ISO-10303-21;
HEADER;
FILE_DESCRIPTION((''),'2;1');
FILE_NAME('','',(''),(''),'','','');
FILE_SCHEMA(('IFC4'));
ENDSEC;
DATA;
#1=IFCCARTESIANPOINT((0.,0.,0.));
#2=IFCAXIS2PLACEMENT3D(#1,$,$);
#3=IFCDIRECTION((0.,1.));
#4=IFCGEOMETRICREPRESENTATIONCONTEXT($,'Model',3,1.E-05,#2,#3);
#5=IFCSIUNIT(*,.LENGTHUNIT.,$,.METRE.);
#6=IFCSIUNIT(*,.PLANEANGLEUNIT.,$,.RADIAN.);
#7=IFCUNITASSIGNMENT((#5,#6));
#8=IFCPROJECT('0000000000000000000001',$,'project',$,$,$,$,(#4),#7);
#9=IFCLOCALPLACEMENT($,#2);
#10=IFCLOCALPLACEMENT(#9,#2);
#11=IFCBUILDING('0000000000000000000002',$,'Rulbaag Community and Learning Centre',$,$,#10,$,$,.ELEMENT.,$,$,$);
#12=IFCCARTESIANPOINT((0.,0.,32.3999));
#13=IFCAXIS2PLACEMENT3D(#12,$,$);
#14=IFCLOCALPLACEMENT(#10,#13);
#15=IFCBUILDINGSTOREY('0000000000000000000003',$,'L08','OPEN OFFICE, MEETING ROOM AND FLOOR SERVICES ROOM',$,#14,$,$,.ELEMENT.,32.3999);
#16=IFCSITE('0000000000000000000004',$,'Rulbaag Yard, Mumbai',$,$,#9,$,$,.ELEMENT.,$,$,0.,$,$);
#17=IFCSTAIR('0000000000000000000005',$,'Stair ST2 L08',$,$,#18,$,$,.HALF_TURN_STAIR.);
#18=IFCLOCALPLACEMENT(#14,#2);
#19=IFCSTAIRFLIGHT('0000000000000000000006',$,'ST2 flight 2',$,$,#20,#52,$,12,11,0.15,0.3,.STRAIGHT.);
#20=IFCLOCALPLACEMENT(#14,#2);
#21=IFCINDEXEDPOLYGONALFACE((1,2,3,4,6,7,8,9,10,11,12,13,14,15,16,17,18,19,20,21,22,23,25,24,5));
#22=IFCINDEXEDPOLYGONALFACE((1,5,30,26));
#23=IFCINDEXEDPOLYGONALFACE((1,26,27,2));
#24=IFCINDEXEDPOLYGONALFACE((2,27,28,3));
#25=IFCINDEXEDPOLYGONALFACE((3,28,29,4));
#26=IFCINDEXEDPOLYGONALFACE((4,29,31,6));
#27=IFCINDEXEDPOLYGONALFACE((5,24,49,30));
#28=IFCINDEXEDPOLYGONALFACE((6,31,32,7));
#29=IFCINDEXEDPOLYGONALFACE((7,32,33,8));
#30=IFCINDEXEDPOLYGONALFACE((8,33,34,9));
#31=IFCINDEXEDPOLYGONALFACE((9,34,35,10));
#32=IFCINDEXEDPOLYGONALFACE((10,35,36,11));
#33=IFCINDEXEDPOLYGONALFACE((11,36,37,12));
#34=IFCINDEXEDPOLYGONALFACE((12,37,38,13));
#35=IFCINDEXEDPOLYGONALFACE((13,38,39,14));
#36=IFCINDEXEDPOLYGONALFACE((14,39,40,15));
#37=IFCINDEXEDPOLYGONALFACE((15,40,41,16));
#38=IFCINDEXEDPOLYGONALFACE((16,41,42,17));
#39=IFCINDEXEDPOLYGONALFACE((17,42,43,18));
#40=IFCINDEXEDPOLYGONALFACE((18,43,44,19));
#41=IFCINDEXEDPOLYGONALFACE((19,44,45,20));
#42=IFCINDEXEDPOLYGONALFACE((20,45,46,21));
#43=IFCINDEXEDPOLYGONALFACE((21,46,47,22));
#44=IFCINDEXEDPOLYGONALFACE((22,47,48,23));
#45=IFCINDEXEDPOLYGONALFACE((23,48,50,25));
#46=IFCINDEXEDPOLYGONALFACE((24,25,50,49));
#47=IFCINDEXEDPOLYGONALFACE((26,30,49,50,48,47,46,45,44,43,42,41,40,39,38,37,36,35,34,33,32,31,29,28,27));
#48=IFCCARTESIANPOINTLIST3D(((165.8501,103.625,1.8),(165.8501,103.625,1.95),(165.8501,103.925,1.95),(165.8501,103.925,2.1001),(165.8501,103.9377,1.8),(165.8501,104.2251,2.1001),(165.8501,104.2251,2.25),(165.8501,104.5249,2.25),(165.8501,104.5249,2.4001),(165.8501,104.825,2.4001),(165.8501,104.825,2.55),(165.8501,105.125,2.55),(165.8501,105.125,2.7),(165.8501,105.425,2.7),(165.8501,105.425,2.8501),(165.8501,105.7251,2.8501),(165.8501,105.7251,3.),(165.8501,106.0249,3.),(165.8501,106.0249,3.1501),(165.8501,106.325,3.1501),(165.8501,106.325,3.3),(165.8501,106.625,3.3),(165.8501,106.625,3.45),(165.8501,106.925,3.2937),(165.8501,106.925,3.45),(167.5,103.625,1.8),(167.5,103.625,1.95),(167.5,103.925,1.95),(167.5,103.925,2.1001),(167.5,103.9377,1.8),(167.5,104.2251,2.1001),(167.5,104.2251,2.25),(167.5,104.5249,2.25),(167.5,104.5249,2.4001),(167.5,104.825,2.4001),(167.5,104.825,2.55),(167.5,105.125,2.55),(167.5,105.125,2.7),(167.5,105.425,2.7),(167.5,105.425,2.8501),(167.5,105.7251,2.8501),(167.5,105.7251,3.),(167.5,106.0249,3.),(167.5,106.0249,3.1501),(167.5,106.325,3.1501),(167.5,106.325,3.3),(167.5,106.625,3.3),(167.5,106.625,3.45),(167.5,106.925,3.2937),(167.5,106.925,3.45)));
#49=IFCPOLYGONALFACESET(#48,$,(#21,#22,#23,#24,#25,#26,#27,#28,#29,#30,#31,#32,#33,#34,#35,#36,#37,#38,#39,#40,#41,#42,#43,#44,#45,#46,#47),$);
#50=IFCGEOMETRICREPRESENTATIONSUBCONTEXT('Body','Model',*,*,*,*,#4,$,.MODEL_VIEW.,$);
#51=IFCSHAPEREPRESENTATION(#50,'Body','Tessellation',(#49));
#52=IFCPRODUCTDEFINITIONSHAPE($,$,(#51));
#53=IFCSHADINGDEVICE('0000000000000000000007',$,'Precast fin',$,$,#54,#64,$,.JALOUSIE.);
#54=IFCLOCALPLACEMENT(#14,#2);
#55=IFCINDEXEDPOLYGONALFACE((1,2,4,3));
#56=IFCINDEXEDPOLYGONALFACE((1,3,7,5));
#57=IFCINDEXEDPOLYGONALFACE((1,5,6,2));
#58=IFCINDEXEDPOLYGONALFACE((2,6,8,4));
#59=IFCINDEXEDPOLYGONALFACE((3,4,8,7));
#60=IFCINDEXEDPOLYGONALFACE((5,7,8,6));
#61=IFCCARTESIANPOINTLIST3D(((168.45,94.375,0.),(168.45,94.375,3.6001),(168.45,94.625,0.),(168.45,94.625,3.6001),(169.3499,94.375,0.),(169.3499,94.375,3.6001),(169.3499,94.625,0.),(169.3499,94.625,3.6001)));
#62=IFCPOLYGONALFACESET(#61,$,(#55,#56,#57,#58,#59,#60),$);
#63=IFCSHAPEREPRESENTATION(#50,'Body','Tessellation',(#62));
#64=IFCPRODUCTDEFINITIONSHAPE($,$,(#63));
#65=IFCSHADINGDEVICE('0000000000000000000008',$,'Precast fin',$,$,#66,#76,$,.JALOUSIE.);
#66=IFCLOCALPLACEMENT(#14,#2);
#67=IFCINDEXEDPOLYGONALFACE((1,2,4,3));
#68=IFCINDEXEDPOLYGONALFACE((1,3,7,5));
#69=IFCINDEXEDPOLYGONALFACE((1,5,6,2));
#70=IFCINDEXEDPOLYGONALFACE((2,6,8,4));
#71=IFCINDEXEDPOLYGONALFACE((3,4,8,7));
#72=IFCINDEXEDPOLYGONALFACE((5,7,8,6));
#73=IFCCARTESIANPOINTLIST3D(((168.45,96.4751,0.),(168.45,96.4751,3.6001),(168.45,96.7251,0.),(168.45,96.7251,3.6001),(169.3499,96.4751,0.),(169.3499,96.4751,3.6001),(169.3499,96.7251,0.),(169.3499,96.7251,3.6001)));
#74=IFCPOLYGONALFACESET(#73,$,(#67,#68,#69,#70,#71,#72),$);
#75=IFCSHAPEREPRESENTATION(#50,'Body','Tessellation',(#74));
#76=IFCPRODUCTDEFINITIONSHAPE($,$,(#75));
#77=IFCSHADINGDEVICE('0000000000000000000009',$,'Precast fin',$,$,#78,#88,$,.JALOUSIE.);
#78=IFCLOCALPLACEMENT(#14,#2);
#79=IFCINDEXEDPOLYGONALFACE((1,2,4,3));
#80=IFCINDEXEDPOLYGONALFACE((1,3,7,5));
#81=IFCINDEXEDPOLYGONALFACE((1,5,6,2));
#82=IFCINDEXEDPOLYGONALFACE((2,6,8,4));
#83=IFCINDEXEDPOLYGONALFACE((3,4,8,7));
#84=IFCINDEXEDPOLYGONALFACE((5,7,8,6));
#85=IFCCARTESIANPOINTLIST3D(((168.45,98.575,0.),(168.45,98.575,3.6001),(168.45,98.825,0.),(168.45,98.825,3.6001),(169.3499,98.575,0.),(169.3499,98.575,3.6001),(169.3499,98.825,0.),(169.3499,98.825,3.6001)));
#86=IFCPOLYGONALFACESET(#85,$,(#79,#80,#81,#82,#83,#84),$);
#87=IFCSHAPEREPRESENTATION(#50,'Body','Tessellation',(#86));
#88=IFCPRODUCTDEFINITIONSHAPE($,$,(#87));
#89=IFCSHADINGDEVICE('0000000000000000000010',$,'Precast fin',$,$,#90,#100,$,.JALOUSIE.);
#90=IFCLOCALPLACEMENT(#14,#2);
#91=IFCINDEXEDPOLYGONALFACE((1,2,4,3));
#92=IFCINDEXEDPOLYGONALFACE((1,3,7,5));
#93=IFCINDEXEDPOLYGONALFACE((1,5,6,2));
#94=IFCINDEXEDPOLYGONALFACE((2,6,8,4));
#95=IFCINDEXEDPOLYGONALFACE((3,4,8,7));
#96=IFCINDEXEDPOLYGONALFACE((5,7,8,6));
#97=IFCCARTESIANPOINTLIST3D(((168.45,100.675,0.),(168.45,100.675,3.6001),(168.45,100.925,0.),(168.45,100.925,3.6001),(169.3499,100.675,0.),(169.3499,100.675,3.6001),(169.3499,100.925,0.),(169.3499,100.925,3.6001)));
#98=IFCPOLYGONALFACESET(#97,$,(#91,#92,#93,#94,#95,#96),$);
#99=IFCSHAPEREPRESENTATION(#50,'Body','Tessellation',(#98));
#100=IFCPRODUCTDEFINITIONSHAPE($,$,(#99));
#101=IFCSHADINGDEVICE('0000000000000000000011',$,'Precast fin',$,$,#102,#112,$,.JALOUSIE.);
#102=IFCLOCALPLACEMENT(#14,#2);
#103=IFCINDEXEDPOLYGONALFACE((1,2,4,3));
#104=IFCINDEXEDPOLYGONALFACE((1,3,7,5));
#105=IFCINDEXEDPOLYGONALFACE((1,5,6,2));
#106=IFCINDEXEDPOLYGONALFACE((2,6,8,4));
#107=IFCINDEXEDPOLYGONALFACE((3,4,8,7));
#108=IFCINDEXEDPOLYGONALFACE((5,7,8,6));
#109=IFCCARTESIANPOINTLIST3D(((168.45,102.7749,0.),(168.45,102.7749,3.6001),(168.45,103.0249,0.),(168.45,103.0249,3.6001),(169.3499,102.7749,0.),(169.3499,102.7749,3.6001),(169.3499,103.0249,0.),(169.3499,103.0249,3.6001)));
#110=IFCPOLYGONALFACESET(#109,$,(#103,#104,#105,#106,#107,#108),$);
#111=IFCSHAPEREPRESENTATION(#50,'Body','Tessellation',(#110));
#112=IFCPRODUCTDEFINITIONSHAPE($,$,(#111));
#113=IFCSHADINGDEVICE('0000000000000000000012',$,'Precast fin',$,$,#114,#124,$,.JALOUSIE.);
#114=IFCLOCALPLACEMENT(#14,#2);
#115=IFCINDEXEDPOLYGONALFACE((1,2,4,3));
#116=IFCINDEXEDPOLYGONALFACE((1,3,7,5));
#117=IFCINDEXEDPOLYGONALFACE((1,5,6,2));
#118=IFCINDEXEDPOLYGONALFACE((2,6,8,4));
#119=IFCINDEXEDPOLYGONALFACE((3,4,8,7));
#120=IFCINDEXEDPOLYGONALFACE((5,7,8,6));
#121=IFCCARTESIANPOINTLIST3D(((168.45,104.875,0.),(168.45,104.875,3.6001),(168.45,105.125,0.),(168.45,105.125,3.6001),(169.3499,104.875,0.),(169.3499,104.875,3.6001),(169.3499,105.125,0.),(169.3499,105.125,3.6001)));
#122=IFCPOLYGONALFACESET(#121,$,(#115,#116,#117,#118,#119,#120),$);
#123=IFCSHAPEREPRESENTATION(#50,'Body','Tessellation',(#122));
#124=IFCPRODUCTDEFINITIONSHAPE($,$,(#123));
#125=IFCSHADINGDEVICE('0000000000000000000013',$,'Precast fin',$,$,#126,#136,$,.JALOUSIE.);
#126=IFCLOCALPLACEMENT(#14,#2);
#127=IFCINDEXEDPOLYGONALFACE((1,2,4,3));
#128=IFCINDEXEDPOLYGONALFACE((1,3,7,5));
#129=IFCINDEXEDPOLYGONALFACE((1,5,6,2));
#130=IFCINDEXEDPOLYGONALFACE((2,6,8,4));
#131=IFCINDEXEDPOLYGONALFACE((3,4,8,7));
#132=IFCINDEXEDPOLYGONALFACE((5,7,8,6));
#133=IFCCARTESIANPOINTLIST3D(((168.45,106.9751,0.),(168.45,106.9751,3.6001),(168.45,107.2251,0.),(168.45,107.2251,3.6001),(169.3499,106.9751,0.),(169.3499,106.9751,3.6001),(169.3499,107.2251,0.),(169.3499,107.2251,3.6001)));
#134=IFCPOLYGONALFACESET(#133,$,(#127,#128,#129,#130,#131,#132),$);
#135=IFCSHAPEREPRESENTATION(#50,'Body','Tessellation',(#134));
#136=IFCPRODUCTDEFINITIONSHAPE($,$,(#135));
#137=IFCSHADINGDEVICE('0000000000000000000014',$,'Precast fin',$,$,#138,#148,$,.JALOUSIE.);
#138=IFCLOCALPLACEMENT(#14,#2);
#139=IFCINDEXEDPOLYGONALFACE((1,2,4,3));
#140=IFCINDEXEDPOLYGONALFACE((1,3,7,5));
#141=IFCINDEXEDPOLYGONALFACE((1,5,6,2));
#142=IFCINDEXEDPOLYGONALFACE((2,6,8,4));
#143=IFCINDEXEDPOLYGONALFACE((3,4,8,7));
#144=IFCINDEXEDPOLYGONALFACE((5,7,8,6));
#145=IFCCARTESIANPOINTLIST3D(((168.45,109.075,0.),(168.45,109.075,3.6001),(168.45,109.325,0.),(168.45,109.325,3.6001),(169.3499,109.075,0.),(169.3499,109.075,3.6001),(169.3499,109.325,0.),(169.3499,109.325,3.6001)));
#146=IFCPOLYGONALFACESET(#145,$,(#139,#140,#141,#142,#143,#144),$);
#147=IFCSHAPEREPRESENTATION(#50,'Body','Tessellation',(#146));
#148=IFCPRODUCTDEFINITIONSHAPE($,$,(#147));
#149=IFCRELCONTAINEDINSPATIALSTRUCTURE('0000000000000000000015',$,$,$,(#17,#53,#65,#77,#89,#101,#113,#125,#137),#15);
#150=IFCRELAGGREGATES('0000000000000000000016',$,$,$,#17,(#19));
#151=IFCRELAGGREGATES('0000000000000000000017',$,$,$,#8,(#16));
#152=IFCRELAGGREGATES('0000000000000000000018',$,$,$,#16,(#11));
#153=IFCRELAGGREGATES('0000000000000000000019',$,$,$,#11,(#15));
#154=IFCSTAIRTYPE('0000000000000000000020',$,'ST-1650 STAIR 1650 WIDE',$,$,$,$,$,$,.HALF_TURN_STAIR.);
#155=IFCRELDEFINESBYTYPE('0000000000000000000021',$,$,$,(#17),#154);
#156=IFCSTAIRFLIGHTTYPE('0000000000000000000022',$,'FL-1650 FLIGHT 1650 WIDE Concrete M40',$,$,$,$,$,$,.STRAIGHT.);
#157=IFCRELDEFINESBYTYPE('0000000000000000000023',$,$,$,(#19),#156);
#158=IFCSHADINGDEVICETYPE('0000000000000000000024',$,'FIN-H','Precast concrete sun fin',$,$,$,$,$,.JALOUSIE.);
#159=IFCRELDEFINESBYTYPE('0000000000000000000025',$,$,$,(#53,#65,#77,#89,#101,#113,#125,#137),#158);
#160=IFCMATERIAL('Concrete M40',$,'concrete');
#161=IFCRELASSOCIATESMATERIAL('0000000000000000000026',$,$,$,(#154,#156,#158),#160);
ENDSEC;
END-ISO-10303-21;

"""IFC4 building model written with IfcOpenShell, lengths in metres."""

from ifc_helpers import new_model, si_unit, direction, frame, origin, origin_2d, place, context, subcontext, project, spatial, polyline, rectangle, outline, extrude, material, material_profile, profile_set, type_object, element, aggregate, save


model = new_model("IFC4")

# Units and contexts
model_context = context("Model", 3, precision=1e-05, world=origin(), true_north=direction((0.0, 1.0)))
body_context = subcontext(model_context, "Body", "Model", "MODEL_VIEW")
ifc_project = project(units=[si_unit("LENGTHUNIT", "METRE"), si_unit("PLANEANGLEUNIT", "RADIAN")], contexts=[model_context])

# Site, building, storey
site_placement = place(None, origin())
site = spatial("IfcSite", under=ifc_project, at=site_placement, Name="Rulbaag Yard, Mumbai", CompositionType="ELEMENT", RefElevation=0.0)
building_placement = place(site_placement, origin())
building = spatial("IfcBuilding", under=site, at=building_placement, Name="Rulbaag Community and Learning Centre", CompositionType="ELEMENT")
storey_placement = place(building_placement, frame((0.0, 0.0, 32.3999)))
storey = spatial("IfcBuildingStorey", under=building, at=storey_placement, Name="L08", Description="OPEN OFFICE, MEETING ROOM AND FLOOR SERVICES ROOM", CompositionType="ELEMENT", Elevation=32.3999)

# Shared definitions
ifc_material_1 = material(Name="Concrete M40", Category="concrete")

# Stair, stair flight
stair_type = type_object("IfcStairType", Name="ST-1650 STAIR 1650 WIDE", PredefinedType="HALF_TURN_STAIR", material=ifc_material_1)
stair_placement = place(storey_placement, origin())
stair = element("IfcStair", 1, at=stair_placement, inside=storey, type_object=stair_type, Name="Stair ST2 L08", PredefinedType="HALF_TURN_STAIR")
stair_flight_type = type_object("IfcStairFlightType", Name="FL-1650 FLIGHT 1650 WIDE Concrete M40", PredefinedType="STRAIGHT", material=ifc_material_1)
stair_flight_1_placement = place(storey_placement, frame((166.675, 103.625, 1.8), z_axis=(0.0, 0.0, 1.0), x_axis=(0.0, 1.0, 0.0)))
stair_flight_1 = element("IfcStairFlight", 2, at=stair_flight_1_placement, type_object=stair_flight_type, Name="ST2 flight 2", NumberOfRisers=12, NumberOfTreads=11, PredefinedType="STRAIGHT", RiserHeight=0.15, TreadLength=0.3, context=body_context, shape_type="SweptSolid", body=[
    extrude(outline(polyline([(0.0, 0.0), (0.0, 0.1499), (0.3, 0.1499), (0.3, 0.3), (0.6001, 0.3), (0.6001, 0.45), (0.8999, 0.45), (0.8999, 0.6001), (1.2, 0.6001), (1.2, 0.75), (1.5, 0.75), (1.5, 0.8999), (1.8, 0.8999), (1.8, 1.05), (2.1001, 1.05), (2.1001, 1.2), (2.3999, 1.2), (2.3999, 1.3501), (2.7, 1.3501), (2.7, 1.5), (3.0, 1.5), (3.0, 1.6499), (3.3, 1.6499), (3.3, 1.4937), (0.3127, 0.0), (0.0, 0.0)])), frame((0.0, 0.825, 0.0), z_axis=(0.0, -1.0, 0.0), x_axis=(1.0, 0.0, 0.0)), (0.0, 0.0, 1.0), 1.6499),
])
aggregate(stair, [stair_flight_1])

# Shading devices
ifc_material_profile_1 = material_profile(ifc_material_1, rectangle(XDim=0.25, YDim=0.8999, at=origin_2d()), Name="PC 250x900")
ifc_profile_set_1 = profile_set([ifc_material_profile_1], Name="Concrete M40")
shading_device_type = type_object("IfcShadingDeviceType", Name="FIN-H", Description="Precast concrete sun fin", PredefinedType="JALOUSIE", material=ifc_profile_set_1)
for number, where, z_axis, x_axis, name in (
    (3, (168.8999, 94.5, 0.0), (0.0, 0.0, 1.0), (0.0, 1.0, 0.0), "Precast fin"),
    (4, (168.8999, 96.6001, 0.0), (0.0, 0.0, 1.0), (0.0, 1.0, 0.0), "Precast fin"),
    (5, (168.8999, 98.7, 0.0), (0.0, 0.0, 1.0), (0.0, 1.0, 0.0), "Precast fin"),
    (6, (168.8999, 100.8, 0.0), (0.0, 0.0, 1.0), (0.0, 1.0, 0.0), "Precast fin"),
    (7, (168.8999, 102.8999, 0.0), (0.0, 0.0, 1.0), (0.0, 1.0, 0.0), "Precast fin"),
    (8, (168.8999, 105.0, 0.0), (0.0, 0.0, 1.0), (0.0, 1.0, 0.0), "Precast fin"),
    (9, (168.8999, 107.1001, 0.0), (0.0, 0.0, 1.0), (0.0, 1.0, 0.0), "Precast fin"),
    (10, (168.8999, 109.2, 0.0), (0.0, 0.0, 1.0), (0.0, 1.0, 0.0), "Precast fin"),
):
    element("IfcShadingDevice", number, at=place(storey_placement, frame(where, z_axis=z_axis, x_axis=x_axis)), inside=storey, type_object=shading_device_type, Name=name, PredefinedType="JALOUSIE", context=body_context, shape_type="SweptSolid", body=[
        extrude(rectangle(XDim=0.25, YDim=0.8999, at=origin_2d()), origin(), (0.0, 0.0, 1.0), 3.6001),
    ])

save(model, "model.ifc")
